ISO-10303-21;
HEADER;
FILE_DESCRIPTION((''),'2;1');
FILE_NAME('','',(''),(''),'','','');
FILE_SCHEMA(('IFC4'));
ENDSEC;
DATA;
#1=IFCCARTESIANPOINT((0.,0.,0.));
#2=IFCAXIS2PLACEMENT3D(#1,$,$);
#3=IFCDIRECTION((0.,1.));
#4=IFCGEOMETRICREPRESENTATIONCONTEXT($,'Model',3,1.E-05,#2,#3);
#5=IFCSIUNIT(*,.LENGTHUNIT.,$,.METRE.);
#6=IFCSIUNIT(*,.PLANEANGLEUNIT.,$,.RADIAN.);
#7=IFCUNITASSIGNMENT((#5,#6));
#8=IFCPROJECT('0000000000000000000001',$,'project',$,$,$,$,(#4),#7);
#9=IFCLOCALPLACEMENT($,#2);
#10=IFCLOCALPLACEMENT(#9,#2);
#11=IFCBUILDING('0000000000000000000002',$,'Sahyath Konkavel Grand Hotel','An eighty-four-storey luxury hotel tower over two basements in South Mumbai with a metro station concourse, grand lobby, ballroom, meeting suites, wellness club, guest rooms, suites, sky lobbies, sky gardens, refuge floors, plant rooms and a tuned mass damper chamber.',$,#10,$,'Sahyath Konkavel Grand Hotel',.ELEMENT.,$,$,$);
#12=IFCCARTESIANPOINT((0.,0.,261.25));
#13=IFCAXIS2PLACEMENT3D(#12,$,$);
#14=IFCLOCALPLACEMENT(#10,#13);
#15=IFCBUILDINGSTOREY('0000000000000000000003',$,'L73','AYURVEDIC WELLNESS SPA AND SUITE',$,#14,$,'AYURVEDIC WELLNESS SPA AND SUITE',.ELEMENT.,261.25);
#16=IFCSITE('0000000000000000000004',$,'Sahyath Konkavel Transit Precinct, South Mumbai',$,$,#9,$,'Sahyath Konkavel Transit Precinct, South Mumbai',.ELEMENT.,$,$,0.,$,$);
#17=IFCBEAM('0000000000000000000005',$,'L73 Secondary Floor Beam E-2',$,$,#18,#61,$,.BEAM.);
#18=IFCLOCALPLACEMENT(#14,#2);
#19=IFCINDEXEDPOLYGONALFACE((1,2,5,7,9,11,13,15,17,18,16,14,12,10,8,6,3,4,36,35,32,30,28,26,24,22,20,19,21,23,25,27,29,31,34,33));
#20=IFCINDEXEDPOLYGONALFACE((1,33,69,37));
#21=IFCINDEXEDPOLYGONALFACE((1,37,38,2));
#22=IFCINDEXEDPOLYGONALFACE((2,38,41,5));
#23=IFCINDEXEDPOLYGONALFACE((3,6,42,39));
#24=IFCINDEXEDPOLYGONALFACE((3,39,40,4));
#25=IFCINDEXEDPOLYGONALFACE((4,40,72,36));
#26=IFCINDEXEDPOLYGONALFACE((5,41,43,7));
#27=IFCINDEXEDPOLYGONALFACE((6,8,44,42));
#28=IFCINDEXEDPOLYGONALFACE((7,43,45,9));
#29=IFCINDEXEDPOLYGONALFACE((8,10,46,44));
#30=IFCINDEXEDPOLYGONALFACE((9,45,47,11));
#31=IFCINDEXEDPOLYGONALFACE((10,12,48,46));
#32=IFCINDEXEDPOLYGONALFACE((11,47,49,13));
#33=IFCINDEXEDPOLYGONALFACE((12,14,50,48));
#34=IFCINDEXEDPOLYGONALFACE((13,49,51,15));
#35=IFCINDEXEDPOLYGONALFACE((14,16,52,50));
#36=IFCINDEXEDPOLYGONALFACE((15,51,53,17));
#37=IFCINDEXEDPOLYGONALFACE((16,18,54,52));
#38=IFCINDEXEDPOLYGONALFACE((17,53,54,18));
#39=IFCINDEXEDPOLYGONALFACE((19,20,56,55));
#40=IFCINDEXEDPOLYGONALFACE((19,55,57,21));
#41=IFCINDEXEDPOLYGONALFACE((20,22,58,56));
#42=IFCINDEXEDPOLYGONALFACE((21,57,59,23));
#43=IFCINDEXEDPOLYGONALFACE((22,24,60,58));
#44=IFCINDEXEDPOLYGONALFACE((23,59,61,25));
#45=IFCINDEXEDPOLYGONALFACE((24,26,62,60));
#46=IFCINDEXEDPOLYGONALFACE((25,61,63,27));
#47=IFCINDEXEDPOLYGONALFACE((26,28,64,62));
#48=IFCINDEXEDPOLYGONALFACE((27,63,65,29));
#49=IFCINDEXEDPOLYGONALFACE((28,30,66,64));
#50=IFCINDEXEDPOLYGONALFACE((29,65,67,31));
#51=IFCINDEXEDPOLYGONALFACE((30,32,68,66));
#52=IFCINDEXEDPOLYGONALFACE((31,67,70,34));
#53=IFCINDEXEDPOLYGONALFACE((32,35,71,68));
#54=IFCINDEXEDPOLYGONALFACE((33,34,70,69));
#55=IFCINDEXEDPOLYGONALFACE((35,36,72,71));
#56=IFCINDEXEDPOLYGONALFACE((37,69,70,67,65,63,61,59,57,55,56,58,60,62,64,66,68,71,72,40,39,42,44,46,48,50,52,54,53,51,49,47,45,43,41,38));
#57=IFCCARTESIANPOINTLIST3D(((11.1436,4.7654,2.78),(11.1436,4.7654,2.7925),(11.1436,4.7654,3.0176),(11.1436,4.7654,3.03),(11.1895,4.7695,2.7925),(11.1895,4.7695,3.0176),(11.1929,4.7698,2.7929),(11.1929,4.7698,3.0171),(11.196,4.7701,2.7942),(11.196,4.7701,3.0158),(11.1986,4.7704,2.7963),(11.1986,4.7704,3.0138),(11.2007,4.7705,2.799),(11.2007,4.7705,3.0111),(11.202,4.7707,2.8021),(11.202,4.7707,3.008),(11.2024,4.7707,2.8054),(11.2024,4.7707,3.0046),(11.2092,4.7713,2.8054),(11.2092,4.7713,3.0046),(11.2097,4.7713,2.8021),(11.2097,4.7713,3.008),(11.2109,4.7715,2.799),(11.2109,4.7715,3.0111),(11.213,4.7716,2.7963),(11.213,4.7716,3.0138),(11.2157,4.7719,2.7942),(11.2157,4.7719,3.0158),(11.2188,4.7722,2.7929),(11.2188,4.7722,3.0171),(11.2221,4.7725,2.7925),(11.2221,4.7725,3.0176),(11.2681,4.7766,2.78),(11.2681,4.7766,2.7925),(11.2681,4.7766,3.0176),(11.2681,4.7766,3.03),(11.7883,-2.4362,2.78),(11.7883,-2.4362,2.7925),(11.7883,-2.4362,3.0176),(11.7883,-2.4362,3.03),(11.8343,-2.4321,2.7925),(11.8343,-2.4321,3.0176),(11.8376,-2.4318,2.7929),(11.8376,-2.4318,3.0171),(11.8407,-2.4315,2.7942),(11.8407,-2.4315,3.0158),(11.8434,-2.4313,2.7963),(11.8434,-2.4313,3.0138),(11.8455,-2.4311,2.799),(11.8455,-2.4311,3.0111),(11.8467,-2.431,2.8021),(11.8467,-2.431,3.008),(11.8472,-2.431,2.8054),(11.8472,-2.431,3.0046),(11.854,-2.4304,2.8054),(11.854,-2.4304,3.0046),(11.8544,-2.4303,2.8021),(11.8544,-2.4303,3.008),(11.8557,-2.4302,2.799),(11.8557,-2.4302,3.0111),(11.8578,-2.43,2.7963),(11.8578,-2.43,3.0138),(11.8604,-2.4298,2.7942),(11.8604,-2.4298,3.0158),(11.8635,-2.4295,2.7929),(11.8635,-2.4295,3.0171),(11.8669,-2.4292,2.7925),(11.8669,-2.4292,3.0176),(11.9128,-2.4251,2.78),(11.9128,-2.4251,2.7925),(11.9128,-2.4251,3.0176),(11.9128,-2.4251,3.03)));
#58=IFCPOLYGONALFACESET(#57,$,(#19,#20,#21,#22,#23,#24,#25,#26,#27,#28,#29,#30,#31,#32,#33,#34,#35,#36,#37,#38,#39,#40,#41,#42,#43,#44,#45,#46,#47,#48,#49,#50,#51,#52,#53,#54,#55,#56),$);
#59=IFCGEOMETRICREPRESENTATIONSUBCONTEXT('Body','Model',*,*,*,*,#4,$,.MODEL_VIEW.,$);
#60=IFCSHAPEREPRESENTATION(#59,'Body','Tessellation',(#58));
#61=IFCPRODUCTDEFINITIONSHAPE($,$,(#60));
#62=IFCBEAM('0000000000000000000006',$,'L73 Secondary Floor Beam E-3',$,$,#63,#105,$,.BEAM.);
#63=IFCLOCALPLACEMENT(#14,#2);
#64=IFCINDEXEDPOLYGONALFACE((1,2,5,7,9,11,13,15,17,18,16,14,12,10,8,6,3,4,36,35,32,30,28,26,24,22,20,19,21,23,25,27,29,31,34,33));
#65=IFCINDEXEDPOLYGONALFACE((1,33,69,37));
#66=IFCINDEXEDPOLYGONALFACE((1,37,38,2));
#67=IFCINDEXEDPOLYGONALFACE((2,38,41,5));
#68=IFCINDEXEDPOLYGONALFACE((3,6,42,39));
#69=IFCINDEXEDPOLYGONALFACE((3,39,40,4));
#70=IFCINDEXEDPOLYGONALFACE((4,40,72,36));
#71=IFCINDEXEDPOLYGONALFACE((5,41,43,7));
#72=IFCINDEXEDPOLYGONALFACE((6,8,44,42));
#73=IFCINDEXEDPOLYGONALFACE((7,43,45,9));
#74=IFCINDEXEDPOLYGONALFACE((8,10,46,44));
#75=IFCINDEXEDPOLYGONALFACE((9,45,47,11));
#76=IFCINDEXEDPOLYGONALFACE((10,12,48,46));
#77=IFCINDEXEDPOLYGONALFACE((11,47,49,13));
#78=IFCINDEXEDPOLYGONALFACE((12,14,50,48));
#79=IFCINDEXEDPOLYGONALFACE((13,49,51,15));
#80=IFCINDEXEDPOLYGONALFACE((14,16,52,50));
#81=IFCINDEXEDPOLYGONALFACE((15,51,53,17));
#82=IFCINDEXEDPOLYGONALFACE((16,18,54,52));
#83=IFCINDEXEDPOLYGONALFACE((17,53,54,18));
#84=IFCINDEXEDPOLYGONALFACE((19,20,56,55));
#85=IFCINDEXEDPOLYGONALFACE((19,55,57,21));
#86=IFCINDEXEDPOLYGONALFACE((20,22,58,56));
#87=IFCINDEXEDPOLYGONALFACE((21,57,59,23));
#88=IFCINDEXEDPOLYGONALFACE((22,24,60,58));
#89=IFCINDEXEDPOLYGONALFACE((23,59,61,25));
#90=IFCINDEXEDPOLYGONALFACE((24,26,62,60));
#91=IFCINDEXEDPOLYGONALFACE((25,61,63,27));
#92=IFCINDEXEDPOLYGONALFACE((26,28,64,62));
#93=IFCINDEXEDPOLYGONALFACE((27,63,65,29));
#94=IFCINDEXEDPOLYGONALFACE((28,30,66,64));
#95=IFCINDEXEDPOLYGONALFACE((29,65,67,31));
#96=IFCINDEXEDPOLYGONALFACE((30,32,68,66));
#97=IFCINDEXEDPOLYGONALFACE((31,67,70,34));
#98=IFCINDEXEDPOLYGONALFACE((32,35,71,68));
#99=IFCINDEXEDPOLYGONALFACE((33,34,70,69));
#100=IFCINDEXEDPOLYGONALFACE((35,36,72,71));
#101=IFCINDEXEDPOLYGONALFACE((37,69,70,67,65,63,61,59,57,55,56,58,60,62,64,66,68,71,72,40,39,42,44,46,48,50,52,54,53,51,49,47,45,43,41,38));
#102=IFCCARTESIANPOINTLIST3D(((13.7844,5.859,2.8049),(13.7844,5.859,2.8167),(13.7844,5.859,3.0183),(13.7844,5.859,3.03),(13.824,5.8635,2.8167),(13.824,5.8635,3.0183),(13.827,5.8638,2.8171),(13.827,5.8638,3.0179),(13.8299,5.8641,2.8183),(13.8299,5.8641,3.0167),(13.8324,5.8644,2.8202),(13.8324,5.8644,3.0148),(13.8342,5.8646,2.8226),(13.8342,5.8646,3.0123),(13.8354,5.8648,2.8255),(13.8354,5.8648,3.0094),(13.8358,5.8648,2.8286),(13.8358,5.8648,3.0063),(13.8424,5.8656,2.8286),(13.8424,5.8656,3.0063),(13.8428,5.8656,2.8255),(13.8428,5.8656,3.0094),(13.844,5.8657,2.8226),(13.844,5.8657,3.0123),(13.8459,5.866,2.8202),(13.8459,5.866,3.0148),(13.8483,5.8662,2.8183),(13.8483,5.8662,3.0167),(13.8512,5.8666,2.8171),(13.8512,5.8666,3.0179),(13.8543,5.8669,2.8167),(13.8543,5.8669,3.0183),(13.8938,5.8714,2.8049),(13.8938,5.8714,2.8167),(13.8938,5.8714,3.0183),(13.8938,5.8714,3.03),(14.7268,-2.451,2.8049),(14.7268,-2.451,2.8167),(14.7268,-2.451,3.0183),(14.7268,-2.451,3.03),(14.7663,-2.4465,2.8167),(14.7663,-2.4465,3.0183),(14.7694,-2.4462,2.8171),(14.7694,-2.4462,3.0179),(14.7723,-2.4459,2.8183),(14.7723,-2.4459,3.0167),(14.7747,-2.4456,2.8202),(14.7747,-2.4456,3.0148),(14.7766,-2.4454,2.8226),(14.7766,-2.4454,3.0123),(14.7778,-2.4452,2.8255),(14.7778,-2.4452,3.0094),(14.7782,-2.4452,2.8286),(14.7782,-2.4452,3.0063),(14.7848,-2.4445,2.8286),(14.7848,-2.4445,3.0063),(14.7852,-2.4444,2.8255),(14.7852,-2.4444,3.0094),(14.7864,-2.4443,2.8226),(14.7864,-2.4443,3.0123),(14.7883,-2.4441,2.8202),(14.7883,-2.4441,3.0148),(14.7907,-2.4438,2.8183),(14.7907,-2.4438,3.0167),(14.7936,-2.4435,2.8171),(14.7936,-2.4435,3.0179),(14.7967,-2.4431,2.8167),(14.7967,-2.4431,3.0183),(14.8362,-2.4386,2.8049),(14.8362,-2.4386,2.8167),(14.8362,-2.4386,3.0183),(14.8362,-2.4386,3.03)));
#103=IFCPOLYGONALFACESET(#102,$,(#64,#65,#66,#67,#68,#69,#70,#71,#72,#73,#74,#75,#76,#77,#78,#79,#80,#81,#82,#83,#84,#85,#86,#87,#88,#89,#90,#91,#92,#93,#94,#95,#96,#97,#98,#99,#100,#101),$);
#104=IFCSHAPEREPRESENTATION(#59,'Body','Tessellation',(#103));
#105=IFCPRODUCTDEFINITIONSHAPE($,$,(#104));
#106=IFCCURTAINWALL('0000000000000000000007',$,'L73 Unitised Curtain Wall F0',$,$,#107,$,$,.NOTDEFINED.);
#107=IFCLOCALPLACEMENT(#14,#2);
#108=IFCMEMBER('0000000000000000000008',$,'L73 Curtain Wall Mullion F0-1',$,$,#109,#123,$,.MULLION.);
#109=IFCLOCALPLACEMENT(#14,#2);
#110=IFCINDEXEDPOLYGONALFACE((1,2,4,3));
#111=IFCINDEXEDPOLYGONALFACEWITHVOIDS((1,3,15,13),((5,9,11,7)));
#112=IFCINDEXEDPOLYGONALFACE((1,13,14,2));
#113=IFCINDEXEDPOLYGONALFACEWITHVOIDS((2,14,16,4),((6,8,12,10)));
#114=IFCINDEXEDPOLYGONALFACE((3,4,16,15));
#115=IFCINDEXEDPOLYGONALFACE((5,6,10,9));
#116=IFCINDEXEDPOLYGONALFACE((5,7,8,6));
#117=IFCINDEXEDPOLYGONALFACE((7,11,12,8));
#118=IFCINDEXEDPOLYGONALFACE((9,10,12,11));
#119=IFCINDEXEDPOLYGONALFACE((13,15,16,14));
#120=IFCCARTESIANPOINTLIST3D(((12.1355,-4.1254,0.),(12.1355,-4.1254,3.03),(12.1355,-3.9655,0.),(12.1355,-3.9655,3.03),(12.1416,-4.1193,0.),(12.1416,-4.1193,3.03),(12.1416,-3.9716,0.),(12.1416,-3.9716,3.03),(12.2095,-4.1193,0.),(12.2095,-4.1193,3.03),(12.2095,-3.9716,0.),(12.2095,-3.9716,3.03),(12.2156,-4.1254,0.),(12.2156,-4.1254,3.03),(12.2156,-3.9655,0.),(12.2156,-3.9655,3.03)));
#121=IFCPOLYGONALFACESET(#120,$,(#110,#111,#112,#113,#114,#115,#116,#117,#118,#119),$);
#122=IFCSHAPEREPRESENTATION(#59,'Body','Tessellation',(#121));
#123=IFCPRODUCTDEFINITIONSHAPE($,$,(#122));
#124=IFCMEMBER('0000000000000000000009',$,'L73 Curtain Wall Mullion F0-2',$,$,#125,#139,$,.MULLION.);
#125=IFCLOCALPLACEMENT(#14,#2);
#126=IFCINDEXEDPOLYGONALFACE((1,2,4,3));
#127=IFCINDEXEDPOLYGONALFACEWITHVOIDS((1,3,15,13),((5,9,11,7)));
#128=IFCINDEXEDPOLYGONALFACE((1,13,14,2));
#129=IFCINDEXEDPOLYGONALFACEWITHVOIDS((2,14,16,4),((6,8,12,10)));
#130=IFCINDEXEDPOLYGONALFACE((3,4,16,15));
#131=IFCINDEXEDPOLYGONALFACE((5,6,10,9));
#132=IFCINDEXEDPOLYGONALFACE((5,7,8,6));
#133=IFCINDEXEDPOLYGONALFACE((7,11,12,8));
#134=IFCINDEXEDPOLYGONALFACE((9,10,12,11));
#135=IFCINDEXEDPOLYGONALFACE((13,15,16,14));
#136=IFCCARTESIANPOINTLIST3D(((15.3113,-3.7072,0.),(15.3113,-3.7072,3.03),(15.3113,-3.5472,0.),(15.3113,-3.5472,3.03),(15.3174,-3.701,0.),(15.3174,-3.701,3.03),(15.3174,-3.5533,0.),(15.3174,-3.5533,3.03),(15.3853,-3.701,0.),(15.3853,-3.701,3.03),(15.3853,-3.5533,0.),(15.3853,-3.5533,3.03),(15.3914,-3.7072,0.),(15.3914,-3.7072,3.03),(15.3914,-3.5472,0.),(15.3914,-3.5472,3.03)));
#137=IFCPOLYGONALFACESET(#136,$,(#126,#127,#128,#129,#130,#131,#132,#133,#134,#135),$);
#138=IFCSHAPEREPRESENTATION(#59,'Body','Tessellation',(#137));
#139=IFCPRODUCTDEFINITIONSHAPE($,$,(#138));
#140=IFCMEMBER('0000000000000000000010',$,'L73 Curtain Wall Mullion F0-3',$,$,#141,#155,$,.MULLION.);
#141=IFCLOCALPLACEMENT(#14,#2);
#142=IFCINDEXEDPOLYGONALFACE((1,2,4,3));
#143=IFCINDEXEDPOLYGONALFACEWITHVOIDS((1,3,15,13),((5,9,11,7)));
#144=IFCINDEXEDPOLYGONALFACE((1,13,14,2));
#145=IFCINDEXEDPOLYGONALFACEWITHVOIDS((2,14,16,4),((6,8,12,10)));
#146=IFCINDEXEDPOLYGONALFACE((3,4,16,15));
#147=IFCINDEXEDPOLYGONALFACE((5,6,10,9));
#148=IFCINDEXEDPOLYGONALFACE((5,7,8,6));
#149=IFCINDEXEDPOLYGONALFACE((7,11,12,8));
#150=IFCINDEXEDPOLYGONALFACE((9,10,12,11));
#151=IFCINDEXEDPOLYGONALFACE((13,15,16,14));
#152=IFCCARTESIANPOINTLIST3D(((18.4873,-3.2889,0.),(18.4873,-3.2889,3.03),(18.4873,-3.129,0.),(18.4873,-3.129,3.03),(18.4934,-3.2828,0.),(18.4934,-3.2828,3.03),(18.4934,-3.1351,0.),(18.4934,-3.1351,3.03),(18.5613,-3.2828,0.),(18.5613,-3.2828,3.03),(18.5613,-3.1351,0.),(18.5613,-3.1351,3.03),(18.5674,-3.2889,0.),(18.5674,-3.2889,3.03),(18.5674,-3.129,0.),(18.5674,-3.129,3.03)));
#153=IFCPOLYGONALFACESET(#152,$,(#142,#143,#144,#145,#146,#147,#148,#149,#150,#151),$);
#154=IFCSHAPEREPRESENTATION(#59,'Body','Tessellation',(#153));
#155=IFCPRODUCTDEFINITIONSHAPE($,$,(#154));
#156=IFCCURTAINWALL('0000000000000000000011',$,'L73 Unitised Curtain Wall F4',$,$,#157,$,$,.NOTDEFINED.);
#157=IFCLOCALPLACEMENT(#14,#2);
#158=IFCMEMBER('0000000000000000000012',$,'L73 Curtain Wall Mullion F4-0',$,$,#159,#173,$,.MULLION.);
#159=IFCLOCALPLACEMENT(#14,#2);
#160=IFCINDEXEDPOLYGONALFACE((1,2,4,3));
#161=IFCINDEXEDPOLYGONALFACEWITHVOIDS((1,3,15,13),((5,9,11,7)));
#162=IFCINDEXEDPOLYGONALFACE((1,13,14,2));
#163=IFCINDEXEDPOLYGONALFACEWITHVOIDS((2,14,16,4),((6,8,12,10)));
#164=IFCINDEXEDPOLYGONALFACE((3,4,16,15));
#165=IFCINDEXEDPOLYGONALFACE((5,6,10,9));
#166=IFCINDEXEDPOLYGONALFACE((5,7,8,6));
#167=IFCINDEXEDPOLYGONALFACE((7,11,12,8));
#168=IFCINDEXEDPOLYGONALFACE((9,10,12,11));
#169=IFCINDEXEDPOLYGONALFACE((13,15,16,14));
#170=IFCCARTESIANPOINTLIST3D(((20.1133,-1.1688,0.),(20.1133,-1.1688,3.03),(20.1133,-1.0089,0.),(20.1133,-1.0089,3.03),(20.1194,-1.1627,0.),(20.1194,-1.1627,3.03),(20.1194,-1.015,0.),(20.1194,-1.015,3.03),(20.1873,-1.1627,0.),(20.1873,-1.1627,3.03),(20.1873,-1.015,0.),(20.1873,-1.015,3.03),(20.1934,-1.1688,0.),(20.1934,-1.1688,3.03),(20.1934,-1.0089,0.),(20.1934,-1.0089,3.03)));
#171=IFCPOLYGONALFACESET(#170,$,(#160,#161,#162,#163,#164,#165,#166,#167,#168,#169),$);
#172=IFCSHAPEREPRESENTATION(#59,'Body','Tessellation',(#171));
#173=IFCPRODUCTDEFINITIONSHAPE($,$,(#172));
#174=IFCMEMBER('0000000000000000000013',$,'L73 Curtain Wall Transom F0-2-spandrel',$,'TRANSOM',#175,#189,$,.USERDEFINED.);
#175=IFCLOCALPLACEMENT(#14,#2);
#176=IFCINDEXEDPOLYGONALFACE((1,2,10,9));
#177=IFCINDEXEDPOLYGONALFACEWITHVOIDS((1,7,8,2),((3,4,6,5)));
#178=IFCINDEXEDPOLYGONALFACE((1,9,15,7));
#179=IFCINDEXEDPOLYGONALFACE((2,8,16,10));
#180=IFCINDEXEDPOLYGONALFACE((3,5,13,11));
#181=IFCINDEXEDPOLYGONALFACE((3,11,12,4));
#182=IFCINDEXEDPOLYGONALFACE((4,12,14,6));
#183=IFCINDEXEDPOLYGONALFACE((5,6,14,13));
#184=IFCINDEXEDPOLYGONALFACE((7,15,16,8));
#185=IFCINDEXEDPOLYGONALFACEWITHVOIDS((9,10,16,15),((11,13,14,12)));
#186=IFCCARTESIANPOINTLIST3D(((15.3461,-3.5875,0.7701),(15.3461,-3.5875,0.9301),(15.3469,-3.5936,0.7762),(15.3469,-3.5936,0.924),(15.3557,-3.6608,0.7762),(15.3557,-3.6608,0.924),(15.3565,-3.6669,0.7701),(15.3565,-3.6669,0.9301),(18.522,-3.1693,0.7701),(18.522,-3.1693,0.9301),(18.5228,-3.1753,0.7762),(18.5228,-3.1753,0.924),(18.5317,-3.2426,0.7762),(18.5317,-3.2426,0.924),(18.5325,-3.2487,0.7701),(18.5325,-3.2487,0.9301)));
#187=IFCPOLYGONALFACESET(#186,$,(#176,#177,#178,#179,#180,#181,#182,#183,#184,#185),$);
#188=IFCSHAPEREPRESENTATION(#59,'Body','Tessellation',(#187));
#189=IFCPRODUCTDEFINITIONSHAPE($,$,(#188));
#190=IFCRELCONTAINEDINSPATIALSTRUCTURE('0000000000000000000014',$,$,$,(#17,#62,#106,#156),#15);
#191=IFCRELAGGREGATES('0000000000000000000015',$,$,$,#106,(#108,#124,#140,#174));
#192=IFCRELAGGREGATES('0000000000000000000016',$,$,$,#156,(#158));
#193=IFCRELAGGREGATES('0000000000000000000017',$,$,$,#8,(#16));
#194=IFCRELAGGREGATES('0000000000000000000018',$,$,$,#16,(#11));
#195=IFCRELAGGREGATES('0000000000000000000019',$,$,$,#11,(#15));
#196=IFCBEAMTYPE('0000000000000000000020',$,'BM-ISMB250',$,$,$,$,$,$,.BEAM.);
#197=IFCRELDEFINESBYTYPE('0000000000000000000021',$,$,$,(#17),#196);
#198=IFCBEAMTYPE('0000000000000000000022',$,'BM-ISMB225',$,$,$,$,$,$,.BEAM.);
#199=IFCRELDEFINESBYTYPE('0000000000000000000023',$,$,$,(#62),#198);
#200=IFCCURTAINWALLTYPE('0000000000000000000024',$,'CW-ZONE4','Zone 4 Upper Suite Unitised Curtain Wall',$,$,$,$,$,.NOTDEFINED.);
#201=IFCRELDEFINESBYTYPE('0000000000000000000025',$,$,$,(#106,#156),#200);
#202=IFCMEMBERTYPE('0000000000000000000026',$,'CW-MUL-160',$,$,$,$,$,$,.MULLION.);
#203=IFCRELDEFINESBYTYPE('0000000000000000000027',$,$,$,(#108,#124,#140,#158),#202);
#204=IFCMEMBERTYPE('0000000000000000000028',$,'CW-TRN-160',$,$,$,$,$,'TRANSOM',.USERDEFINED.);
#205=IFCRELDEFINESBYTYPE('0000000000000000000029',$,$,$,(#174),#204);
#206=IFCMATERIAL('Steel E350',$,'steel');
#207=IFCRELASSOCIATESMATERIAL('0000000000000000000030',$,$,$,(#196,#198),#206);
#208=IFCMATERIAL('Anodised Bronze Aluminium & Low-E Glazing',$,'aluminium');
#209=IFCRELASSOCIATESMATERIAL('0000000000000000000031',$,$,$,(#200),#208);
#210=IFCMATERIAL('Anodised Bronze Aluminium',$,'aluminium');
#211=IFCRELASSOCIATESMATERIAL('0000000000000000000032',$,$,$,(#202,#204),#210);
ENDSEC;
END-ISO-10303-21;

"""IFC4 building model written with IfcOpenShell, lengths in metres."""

from ifc_helpers import new_model, si_unit, direction, frame, origin, origin_2d, place, context, subcontext, project, spatial, hollow_rectangle, i_section, extrude, source, transform, mapped, material, material_profile, profile_set, type_object, element, aggregate, save


model = new_model("IFC4")

# Units and contexts
model_context = context("Model", 3, precision=1e-05, world=origin(), true_north=direction((0.0, 1.0)))
body_context = subcontext(model_context, "Body", "Model", "MODEL_VIEW")
ifc_project = project(units=[si_unit("LENGTHUNIT", "METRE"), si_unit("PLANEANGLEUNIT", "RADIAN")], contexts=[model_context])

# Site, building, storey
site_placement = place(None, origin())
site = spatial("IfcSite", under=ifc_project, at=site_placement, Name="Sahyath Konkavel Transit Precinct, South Mumbai", LongName="Sahyath Konkavel Transit Precinct, South Mumbai", CompositionType="ELEMENT", RefElevation=0.0)
building_placement = place(site_placement, origin())
building = spatial("IfcBuilding", under=site, at=building_placement, Name="Sahyath Konkavel Grand Hotel", Description="An eighty-four-storey luxury hotel tower over two basements in South Mumbai with a metro station concourse, grand lobby, ballroom, meeting suites, wellness club, guest rooms, suites, sky lobbies, sky gardens, refuge floors, plant rooms and a tuned mass damper chamber.", LongName="Sahyath Konkavel Grand Hotel", CompositionType="ELEMENT")
storey_placement = place(building_placement, frame((0.0, 0.0, 261.25)))
storey = spatial("IfcBuildingStorey", under=building, at=storey_placement, Name="L73", Description="AYURVEDIC WELLNESS SPA AND SUITE", LongName="AYURVEDIC WELLNESS SPA AND SUITE", CompositionType="ELEMENT", Elevation=261.25)

# Beams
ifc_material_1 = material(Name="Steel E350", Category="steel")
ifc_material_profile_1 = material_profile(ifc_material_1, i_section(OverallWidth=0.125, OverallDepth=0.25, WebThickness=0.0068, FlangeThickness=0.0125, FilletRadius=0.0129, at=origin_2d()), Name="ISMB 250")
ifc_profile_set_1 = profile_set([ifc_material_profile_1], Name="Steel E350")
beam_type_1 = type_object("IfcBeamType", Name="BM-ISMB250", PredefinedType="BEAM", material=ifc_profile_set_1)
shared_shape_1 = source(origin(), body_context, "Body", "SweptSolid", [
    extrude(i_section(OverallWidth=0.125, OverallDepth=0.25, WebThickness=0.0068, FlangeThickness=0.0125, FilletRadius=0.0129, at=origin_2d()), origin(), (0.0, 0.0, 1.0), 7.2305),
])
beam_1_placement = place(storey_placement, frame((11.8506, -2.4307, 2.905), z_axis=(-0.089175, 0.996016, 0.0), x_axis=(-0.996016, -0.089175, 0.0)))
element("IfcBeam", 1, at=beam_1_placement, inside=storey, type_object=beam_type_1, Name="L73 Secondary Floor Beam E-2", PredefinedType="BEAM", context=body_context, shape_type="MappedRepresentation", body=[
    mapped(shared_shape_1, transform((0.0, 0.0, 0.0), scale=1.0)),
])
ifc_material_profile_2 = material_profile(ifc_material_1, i_section(OverallWidth=0.1101, OverallDepth=0.2251, WebThickness=0.0066, FlangeThickness=0.0117, FilletRadius=0.012, at=origin_2d()), Name="ISMB 225")
ifc_profile_set_2 = profile_set([ifc_material_profile_2], Name="Steel E350")
beam_type_2 = type_object("IfcBeamType", Name="BM-ISMB225", PredefinedType="BEAM", material=ifc_profile_set_2)
shared_shape_2 = source(origin(), body_context, "Body", "SweptSolid", [
    extrude(i_section(OverallWidth=0.1101, OverallDepth=0.2251, WebThickness=0.0066, FlangeThickness=0.0117, FilletRadius=0.012, at=origin_2d()), origin(), (0.0, 0.0, 1.0), 8.3633),
])
beam_2_placement = place(storey_placement, frame((14.7815, -2.4448, 2.9175), z_axis=(-0.11268, 0.993631, 0.0), x_axis=(-0.993631, -0.11268, 0.0)))
element("IfcBeam", 2, at=beam_2_placement, inside=storey, type_object=beam_type_2, Name="L73 Secondary Floor Beam E-3", PredefinedType="BEAM", context=body_context, shape_type="MappedRepresentation", body=[
    mapped(shared_shape_2, transform((0.0, 0.0, 0.0), scale=1.0)),
])

# Curtain wall, members
ifc_material_2 = material(Name="Anodised Bronze Aluminium & Low-E Glazing", Category="aluminium")
curtain_wall_type = type_object("IfcCurtainWallType", Name="CW-ZONE4", Description="Zone 4 Upper Suite Unitised Curtain Wall", PredefinedType="NOTDEFINED", material=ifc_material_2)
curtain_wall_1_placement = place(storey_placement, origin())
curtain_wall_1 = element("IfcCurtainWall", 3, at=curtain_wall_1_placement, inside=storey, type_object=curtain_wall_type, Name="L73 Unitised Curtain Wall F0", PredefinedType="NOTDEFINED")
ifc_material_3 = material(Name="Anodised Bronze Aluminium", Category="aluminium")
ifc_material_profile_3 = material_profile(ifc_material_3, hollow_rectangle(XDim=0.0801, YDim=0.1599, WallThickness=0.0061, at=origin_2d()), Name="RHS 160x80x6")
ifc_profile_set_3 = profile_set([ifc_material_profile_3], Name="Anodised Bronze Aluminium")
member_type_1 = type_object("IfcMemberType", Name="CW-MUL-160", PredefinedType="MULLION", material=ifc_profile_set_3)
shared_shape_3 = source(origin(), body_context, "Body", "SweptSolid", [
    extrude(hollow_rectangle(XDim=0.0801, YDim=0.1599, WallThickness=0.0061, at=origin_2d()), origin(), (0.0, 0.0, 1.0), 3.03),
])
member_1_placement = place(storey_placement, frame((12.1755, -4.0454, 0.0), z_axis=(0.0, 0.0, 1.0), x_axis=(1.0, 0.0, 0.0)))
member_1 = element("IfcMember", 4, at=member_1_placement, type_object=member_type_1, Name="L73 Curtain Wall Mullion F0-1", PredefinedType="MULLION", context=body_context, shape_type="MappedRepresentation", body=[
    mapped(shared_shape_3, transform((0.0, 0.0, 0.0), scale=1.0)),
])
member_2_placement = place(storey_placement, frame((15.3513, -3.6272, 0.0), z_axis=(0.0, 0.0, 1.0), x_axis=(1.0, 0.0, 0.0)))
member_2 = element("IfcMember", 5, at=member_2_placement, type_object=member_type_1, Name="L73 Curtain Wall Mullion F0-2", PredefinedType="MULLION", context=body_context, shape_type="MappedRepresentation", body=[
    mapped(shared_shape_3, transform((0.0, 0.0, 0.0), scale=1.0)),
])
member_3_placement = place(storey_placement, frame((18.5273, -3.209, 0.0), z_axis=(0.0, 0.0, 1.0), x_axis=(1.0, 0.0, 0.0)))
member_3 = element("IfcMember", 6, at=member_3_placement, type_object=member_type_1, Name="L73 Curtain Wall Mullion F0-3", PredefinedType="MULLION", context=body_context, shape_type="MappedRepresentation", body=[
    mapped(shared_shape_3, transform((0.0, 0.0, 0.0), scale=1.0)),
])

# Curtain wall, member
curtain_wall_2_placement = place(storey_placement, origin())
curtain_wall_2 = element("IfcCurtainWall", 7, at=curtain_wall_2_placement, inside=storey, type_object=curtain_wall_type, Name="L73 Unitised Curtain Wall F4", PredefinedType="NOTDEFINED")
member_4_placement = place(storey_placement, frame((20.1533, -1.0889, 0.0), z_axis=(0.0, 0.0, 1.0), x_axis=(1.0, 0.0, 0.0)))
member_4 = element("IfcMember", 8, at=member_4_placement, type_object=member_type_1, Name="L73 Curtain Wall Mullion F4-0", PredefinedType="MULLION", context=body_context, shape_type="MappedRepresentation", body=[
    mapped(shared_shape_3, transform((0.0, 0.0, 0.0), scale=1.0)),
])

# Member
ifc_material_profile_4 = material_profile(ifc_material_3, hollow_rectangle(XDim=0.0801, YDim=0.1599, WallThickness=0.0061, at=origin_2d()), Name="RHS 160x80x6")
ifc_profile_set_4 = profile_set([ifc_material_profile_4], Name="Anodised Bronze Aluminium")
member_type_2 = type_object("IfcMemberType", Name="CW-TRN-160", ElementType="TRANSOM", PredefinedType="USERDEFINED", material=ifc_profile_set_4)
shared_shape_4 = source(origin(), body_context, "Body", "SweptSolid", [
    extrude(hollow_rectangle(XDim=0.0801, YDim=0.1599, WallThickness=0.0061, at=origin_2d()), origin(), (0.0, 0.0, 1.0), 3.2034),
])
member_5_placement = place(storey_placement, frame((15.3513, -3.6272, 0.8501), z_axis=(0.991442, 0.130551, 0.0), x_axis=(-0.130551, 0.991442, 0.0)))
member_5 = element("IfcMember", 9, at=member_5_placement, type_object=member_type_2, Name="L73 Curtain Wall Transom F0-2-spandrel", ObjectType="TRANSOM", PredefinedType="USERDEFINED", context=body_context, shape_type="MappedRepresentation", body=[
    mapped(shared_shape_4, transform((0.0, 0.0, 0.0), scale=1.0)),
])

aggregate(curtain_wall_1, [member_1, member_2, member_3, member_5])
aggregate(curtain_wall_2, [member_4])

save(model, "model.ifc")
